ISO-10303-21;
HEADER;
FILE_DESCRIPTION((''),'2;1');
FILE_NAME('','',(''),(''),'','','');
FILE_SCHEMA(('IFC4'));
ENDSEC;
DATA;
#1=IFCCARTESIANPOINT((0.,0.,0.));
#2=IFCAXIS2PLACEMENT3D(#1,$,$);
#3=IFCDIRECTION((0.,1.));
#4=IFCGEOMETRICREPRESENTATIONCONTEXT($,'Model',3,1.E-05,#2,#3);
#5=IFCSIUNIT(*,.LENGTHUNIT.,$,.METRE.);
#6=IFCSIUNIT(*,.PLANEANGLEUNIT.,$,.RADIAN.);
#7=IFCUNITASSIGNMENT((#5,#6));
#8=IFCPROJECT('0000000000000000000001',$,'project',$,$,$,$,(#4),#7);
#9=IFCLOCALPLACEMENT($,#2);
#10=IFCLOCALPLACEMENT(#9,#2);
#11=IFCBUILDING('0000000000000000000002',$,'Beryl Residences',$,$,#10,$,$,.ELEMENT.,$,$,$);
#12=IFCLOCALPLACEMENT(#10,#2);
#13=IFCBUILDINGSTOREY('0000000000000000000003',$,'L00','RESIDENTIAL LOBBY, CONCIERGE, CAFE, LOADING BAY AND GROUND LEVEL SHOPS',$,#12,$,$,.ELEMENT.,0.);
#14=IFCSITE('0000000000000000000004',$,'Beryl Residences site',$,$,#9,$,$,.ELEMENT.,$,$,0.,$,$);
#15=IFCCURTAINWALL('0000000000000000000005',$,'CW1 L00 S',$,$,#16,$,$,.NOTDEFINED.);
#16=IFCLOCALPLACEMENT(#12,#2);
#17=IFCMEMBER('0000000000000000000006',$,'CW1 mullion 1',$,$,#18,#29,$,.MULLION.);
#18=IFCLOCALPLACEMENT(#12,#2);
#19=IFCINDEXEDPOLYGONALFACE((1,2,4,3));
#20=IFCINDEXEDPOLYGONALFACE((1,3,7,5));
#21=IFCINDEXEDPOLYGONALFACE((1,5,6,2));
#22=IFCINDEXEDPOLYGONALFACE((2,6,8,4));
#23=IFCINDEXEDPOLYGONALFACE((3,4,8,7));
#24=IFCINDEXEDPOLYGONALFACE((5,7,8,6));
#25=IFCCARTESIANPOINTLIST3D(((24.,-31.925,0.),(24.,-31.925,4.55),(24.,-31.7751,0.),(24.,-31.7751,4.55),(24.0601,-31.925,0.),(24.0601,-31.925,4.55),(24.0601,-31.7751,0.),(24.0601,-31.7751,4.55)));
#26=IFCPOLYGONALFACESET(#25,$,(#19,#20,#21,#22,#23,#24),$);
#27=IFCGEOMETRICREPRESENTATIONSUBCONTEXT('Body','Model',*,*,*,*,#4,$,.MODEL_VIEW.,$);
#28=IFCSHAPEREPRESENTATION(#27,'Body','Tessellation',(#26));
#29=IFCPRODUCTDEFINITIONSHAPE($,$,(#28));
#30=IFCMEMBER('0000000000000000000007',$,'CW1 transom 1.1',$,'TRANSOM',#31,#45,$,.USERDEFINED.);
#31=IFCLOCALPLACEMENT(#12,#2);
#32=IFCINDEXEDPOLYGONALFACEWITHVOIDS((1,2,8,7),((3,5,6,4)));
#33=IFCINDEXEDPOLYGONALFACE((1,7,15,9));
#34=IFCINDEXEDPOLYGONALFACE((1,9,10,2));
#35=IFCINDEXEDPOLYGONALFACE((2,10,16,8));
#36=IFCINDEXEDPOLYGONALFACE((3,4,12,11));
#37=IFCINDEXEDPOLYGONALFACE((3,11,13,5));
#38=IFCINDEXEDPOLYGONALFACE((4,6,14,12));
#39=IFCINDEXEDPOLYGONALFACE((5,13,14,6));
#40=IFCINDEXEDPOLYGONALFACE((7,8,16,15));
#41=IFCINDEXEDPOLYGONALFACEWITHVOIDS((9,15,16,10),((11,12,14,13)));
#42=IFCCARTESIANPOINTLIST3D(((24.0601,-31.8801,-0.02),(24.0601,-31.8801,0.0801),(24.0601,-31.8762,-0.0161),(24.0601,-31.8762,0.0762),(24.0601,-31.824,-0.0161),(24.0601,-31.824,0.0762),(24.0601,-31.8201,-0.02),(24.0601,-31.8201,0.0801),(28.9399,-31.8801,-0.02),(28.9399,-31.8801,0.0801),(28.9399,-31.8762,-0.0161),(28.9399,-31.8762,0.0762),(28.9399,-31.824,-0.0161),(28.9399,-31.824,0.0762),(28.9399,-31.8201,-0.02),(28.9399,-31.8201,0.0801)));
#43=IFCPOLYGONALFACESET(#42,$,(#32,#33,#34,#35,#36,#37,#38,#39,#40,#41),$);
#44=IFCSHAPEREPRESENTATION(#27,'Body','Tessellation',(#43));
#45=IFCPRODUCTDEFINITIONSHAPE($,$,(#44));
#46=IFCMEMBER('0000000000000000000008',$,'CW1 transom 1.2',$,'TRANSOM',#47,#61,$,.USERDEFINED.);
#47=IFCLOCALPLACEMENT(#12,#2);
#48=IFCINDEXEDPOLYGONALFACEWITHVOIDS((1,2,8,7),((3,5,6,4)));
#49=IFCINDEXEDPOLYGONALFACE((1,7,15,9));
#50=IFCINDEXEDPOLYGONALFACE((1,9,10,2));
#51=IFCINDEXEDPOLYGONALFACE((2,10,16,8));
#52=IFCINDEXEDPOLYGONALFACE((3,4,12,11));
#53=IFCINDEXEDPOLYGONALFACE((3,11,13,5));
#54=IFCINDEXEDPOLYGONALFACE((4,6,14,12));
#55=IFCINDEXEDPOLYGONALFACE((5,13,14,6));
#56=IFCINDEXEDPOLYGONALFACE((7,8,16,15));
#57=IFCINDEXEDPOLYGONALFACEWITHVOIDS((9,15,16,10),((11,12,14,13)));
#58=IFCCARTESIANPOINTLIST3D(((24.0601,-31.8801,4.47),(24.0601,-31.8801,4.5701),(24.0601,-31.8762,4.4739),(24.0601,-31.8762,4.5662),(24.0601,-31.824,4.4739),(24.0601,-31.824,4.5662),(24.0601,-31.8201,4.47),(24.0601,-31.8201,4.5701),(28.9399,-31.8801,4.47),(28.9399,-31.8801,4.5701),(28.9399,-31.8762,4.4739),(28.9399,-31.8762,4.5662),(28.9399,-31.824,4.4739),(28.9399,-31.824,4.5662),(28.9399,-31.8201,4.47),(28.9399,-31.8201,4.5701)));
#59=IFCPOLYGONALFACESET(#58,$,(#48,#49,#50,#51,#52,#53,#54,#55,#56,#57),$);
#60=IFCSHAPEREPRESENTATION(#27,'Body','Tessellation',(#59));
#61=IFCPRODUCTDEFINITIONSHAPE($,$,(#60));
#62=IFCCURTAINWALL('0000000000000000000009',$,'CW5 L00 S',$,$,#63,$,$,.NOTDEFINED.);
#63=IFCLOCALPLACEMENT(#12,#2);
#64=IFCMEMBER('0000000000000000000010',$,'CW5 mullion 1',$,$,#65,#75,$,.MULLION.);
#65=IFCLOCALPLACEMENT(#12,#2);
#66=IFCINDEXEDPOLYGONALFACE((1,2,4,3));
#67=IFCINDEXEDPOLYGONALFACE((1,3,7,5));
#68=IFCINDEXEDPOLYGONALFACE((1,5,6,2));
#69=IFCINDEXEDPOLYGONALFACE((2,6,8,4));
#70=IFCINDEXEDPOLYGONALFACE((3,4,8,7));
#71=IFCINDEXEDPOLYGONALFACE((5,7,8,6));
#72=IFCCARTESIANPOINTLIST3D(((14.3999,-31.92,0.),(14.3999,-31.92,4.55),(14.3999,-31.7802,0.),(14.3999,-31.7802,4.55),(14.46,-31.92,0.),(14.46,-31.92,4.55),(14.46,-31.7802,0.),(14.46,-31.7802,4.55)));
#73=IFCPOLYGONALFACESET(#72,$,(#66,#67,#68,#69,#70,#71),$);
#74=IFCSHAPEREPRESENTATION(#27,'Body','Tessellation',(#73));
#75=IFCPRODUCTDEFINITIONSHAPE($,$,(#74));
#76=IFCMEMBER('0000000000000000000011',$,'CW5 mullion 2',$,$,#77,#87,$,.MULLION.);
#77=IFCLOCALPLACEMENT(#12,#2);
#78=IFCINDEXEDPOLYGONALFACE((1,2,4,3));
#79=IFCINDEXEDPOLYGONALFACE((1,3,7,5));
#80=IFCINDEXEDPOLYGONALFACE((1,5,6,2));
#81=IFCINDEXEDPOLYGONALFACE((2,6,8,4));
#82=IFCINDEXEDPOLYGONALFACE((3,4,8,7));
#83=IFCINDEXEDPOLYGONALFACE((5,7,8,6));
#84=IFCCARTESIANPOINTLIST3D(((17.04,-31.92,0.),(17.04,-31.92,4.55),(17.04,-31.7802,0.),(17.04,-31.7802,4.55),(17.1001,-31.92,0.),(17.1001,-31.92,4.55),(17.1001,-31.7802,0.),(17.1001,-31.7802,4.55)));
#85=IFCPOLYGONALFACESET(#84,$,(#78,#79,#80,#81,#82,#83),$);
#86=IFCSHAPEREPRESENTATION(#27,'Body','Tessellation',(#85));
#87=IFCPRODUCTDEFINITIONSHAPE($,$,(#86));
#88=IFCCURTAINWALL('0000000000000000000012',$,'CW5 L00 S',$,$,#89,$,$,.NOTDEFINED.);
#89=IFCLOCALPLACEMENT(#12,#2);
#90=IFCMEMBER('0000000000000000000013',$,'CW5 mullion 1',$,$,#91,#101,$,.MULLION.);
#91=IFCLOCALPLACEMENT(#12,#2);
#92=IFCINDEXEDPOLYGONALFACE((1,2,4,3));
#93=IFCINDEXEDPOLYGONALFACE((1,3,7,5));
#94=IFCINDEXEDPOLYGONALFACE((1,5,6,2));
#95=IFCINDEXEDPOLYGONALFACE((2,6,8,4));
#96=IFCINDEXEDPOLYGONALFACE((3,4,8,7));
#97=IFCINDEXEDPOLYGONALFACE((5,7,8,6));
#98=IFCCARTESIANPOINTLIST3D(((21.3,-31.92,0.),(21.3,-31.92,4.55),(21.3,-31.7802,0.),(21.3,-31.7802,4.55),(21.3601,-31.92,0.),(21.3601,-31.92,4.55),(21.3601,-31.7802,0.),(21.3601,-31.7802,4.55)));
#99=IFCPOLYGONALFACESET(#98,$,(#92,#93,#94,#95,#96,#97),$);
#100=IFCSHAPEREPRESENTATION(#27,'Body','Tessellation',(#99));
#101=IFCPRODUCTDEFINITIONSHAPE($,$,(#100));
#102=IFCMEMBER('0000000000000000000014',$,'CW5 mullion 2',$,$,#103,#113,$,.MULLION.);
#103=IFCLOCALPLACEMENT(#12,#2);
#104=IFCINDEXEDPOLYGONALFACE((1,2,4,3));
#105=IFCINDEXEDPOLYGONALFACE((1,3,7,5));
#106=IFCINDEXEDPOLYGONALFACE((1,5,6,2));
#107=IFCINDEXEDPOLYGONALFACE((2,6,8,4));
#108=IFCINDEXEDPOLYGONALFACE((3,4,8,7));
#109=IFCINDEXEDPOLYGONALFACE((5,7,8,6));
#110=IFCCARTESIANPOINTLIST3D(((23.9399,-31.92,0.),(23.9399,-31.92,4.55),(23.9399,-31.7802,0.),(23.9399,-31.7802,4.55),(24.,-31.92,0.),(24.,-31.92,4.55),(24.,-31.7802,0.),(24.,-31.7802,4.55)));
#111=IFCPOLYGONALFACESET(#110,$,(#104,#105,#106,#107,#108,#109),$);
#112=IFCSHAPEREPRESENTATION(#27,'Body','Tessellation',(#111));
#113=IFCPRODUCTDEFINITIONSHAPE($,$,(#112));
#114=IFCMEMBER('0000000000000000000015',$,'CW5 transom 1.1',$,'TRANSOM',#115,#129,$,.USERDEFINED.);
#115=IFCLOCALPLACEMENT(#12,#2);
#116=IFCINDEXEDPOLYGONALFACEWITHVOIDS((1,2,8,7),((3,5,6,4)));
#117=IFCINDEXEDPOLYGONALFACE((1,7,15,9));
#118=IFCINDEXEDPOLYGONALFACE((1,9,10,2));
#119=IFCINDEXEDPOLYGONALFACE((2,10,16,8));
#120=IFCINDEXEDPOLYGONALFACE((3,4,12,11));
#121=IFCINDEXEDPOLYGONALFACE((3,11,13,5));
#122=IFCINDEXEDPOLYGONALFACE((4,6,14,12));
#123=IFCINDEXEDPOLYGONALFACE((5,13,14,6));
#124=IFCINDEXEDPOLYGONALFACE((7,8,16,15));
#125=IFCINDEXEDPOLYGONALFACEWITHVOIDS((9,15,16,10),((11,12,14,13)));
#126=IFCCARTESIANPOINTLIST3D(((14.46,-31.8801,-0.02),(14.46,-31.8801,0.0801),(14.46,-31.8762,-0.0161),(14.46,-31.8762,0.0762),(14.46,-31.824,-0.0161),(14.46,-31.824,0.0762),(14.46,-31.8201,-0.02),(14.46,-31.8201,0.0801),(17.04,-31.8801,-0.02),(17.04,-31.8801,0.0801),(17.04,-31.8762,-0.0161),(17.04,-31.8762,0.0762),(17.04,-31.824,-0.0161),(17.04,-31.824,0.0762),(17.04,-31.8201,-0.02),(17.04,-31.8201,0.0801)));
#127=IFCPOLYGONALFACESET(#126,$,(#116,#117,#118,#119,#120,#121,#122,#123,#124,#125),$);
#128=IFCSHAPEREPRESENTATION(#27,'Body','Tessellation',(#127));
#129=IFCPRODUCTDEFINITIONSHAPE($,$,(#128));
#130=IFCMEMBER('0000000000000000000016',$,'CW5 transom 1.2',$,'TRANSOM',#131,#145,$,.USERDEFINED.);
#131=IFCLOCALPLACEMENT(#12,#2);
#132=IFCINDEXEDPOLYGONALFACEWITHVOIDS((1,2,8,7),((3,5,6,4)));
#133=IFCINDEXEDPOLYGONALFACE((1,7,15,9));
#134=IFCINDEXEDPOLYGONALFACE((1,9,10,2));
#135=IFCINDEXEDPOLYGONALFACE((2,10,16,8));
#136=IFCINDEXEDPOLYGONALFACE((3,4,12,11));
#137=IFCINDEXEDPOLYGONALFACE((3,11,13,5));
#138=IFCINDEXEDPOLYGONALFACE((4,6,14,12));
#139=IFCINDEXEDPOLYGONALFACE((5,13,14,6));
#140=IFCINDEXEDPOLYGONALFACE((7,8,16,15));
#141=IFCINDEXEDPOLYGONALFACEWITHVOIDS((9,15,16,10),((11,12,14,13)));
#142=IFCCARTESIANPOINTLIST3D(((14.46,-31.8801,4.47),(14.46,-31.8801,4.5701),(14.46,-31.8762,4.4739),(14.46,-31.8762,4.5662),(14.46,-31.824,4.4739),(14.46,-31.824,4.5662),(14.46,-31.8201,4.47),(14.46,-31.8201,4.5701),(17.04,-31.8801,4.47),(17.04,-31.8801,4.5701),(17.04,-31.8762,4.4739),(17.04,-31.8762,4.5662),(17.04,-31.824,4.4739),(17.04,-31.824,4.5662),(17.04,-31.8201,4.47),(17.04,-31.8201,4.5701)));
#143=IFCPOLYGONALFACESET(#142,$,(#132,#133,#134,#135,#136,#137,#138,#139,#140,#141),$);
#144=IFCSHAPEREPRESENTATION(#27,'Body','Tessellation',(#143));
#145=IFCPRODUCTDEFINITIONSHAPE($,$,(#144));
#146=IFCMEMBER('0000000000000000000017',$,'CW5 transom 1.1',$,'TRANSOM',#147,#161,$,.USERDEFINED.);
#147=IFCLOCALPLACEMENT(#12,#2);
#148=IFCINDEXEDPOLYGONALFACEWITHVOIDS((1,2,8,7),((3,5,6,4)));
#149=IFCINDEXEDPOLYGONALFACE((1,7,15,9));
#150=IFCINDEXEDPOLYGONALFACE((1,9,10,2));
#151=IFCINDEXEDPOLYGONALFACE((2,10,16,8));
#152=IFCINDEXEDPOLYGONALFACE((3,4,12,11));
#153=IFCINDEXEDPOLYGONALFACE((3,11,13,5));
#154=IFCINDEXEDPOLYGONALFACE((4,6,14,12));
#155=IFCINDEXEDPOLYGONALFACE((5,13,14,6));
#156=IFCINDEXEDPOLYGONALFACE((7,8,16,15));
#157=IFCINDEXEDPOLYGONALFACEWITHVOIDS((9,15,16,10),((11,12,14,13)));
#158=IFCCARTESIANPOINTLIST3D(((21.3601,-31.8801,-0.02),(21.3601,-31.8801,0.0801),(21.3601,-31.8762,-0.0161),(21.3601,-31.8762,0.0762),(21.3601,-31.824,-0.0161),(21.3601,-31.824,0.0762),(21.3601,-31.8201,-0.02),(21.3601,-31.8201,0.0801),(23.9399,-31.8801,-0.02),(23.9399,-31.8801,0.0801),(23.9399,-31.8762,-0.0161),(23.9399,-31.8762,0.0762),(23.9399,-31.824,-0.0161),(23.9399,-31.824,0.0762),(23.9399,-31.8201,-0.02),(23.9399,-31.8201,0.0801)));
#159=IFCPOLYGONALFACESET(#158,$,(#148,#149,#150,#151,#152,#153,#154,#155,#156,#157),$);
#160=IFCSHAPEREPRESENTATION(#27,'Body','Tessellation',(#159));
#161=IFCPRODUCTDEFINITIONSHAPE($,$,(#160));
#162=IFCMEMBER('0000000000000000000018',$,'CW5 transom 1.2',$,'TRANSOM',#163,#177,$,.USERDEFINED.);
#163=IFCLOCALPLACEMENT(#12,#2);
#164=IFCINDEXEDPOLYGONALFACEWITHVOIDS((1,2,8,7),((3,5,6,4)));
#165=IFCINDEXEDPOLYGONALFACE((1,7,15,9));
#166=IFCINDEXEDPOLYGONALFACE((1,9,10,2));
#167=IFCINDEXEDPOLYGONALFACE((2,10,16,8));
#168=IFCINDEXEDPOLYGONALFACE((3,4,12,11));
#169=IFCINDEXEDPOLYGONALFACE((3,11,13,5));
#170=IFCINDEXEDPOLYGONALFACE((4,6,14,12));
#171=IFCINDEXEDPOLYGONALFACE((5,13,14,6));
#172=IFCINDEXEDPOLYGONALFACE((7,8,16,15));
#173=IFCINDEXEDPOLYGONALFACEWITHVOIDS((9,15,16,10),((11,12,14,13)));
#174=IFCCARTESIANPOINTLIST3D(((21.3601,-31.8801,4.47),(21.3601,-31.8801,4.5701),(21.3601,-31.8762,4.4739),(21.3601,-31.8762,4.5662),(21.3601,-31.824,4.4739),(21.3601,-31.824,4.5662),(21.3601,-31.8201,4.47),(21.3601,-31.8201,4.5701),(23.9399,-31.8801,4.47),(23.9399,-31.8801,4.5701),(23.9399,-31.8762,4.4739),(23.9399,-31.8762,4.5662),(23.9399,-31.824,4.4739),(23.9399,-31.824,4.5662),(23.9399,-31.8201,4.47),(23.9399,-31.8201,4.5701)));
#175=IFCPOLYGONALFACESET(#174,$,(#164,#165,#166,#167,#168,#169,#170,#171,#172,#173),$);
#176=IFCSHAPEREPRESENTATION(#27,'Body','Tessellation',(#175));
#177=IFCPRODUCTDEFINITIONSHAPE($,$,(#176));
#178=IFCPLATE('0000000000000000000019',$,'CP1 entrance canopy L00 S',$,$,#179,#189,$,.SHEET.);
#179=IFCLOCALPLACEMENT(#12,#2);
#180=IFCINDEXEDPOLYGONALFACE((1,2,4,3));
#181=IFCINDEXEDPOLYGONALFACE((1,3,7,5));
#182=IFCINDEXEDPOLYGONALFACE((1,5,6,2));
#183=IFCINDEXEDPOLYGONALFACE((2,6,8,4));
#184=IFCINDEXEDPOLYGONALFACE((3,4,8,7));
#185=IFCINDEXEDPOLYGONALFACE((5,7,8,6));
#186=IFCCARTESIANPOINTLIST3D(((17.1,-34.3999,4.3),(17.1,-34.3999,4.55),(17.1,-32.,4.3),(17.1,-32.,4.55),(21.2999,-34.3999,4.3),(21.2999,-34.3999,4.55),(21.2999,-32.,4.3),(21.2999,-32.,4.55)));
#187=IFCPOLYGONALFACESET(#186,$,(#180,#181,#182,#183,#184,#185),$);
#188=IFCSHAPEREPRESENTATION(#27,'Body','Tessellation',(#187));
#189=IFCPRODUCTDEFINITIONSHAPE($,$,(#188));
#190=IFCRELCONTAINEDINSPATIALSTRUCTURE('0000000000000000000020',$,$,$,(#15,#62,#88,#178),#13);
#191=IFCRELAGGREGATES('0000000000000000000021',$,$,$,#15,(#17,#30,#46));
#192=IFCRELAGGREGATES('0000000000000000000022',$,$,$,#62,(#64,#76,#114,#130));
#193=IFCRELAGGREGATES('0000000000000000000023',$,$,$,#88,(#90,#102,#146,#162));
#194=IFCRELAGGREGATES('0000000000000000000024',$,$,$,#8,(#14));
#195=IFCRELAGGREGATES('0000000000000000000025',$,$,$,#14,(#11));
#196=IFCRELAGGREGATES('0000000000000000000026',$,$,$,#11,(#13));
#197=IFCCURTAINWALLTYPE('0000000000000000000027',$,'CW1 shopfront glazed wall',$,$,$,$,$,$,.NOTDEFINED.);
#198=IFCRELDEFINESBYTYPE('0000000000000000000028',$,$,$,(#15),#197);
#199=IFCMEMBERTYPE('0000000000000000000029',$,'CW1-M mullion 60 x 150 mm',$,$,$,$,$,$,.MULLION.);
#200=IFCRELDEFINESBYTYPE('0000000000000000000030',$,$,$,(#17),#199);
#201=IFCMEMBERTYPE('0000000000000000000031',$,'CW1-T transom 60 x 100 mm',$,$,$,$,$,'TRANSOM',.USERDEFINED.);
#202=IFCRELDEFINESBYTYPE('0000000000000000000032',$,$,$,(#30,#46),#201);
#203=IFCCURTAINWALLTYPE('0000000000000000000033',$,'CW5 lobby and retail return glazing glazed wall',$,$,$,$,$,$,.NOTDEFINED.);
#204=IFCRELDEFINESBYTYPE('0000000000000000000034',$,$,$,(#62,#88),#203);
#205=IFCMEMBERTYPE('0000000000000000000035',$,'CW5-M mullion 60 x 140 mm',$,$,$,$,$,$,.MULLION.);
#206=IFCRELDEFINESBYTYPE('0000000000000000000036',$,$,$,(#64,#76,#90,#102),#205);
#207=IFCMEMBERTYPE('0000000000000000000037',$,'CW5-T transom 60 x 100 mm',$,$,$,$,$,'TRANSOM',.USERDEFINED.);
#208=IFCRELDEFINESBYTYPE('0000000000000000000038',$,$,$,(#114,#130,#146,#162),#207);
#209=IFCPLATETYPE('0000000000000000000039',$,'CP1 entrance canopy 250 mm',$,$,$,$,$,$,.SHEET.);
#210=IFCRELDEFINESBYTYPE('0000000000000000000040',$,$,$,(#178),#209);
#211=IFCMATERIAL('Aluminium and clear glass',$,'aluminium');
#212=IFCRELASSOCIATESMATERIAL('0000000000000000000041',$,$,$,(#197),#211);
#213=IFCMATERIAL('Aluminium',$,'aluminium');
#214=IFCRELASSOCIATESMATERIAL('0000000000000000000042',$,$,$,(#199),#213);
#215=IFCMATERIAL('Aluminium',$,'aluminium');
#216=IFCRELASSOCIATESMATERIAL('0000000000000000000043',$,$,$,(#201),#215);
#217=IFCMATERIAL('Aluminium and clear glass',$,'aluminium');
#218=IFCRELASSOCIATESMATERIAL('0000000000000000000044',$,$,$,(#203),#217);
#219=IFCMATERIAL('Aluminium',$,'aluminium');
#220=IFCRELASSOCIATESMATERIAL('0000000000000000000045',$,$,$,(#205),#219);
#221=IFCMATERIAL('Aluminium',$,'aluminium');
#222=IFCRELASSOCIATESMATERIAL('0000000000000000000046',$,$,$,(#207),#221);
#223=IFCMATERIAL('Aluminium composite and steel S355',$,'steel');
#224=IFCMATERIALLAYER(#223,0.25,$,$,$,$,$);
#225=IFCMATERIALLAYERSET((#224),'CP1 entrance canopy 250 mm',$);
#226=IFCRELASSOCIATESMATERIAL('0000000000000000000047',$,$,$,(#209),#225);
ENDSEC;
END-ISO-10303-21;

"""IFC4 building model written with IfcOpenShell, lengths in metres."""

from ifc_helpers import new_model, si_unit, direction, frame, origin, origin_2d, place, context, subcontext, project, spatial, rectangle, hollow_rectangle, extrude, material, layer, layer_set, material_profile, profile_set, type_object, element, aggregate, save


model = new_model("IFC4")

# Units and contexts
model_context = context("Model", 3, precision=1e-05, world=origin(), true_north=direction((0.0, 1.0)))
body_context = subcontext(model_context, "Body", "Model", "MODEL_VIEW")
ifc_project = project(units=[si_unit("LENGTHUNIT", "METRE"), si_unit("PLANEANGLEUNIT", "RADIAN")], contexts=[model_context])

# Site, building, storey
site_placement = place(None, origin())
site = spatial("IfcSite", under=ifc_project, at=site_placement, Name="Beryl Residences site", CompositionType="ELEMENT", RefElevation=0.0)
building_placement = place(site_placement, origin())
building = spatial("IfcBuilding", under=site, at=building_placement, Name="Beryl Residences", CompositionType="ELEMENT")
storey_placement = place(building_placement, origin())
storey = spatial("IfcBuildingStorey", under=building, at=storey_placement, Name="L00", Description="RESIDENTIAL LOBBY, CONCIERGE, CAFE, LOADING BAY AND GROUND LEVEL SHOPS", CompositionType="ELEMENT", Elevation=0.0)

# Curtain walls, members
ifc_material_1 = material(Name="Aluminium and clear glass", Category="aluminium")
curtain_wall_type_1 = type_object("IfcCurtainWallType", Name="CW1 shopfront glazed wall", PredefinedType="NOTDEFINED", material=ifc_material_1)
curtain_wall_1_placement = place(storey_placement, origin())
curtain_wall_1 = element("IfcCurtainWall", 1, at=curtain_wall_1_placement, inside=storey, type_object=curtain_wall_type_1, Name="CW1 L00 S", PredefinedType="NOTDEFINED")
ifc_material_2 = material(Name="Aluminium", Category="aluminium")
ifc_material_profile_1 = material_profile(ifc_material_2, rectangle(XDim=0.0601, YDim=0.1499, at=origin_2d()))
ifc_profile_set_1 = profile_set([ifc_material_profile_1], Name="Aluminium")
member_type_1 = type_object("IfcMemberType", Name="CW1-M mullion 60 x 150 mm", PredefinedType="MULLION", material=ifc_profile_set_1)
member_1_placement = place(storey_placement, frame((24.03, -31.8501, 0.0), z_axis=(0.0, 0.0, 1.0), x_axis=(1.0, 0.0, 0.0)))
member_1 = element("IfcMember", 2, at=member_1_placement, type_object=member_type_1, Name="CW1 mullion 1", PredefinedType="MULLION", context=body_context, shape_type="SweptSolid", body=[
    extrude(rectangle(XDim=0.0601, YDim=0.1499, at=origin_2d()), origin(), (0.0, 0.0, 1.0), 4.55),
])
ifc_material_3 = material(Name="Aluminium", Category="aluminium")
ifc_material_profile_2 = material_profile(ifc_material_3, hollow_rectangle(XDim=0.0601, YDim=0.1001, WallThickness=0.0039, at=origin_2d()))
ifc_profile_set_2 = profile_set([ifc_material_profile_2], Name="Aluminium")
member_type_2 = type_object("IfcMemberType", Name="CW1-T transom 60 x 100 mm", ElementType="TRANSOM", PredefinedType="USERDEFINED", material=ifc_profile_set_2)
member_2_placement = place(storey_placement, frame((24.0601, -31.8501, 0.03), z_axis=(1.0, 0.0, 0.0), x_axis=(0.0, 1.0, 0.0)))
member_2 = element("IfcMember", 3, at=member_2_placement, type_object=member_type_2, Name="CW1 transom 1.1", ObjectType="TRANSOM", PredefinedType="USERDEFINED", context=body_context, shape_type="SweptSolid", body=[
    extrude(hollow_rectangle(XDim=0.0601, YDim=0.1001, WallThickness=0.0039, at=origin_2d()), origin(), (0.0, 0.0, 1.0), 4.8799),
])
member_3_placement = place(storey_placement, frame((24.0601, -31.8501, 4.52), z_axis=(1.0, 0.0, 0.0), x_axis=(0.0, 1.0, 0.0)))
member_3 = element("IfcMember", 4, at=member_3_placement, type_object=member_type_2, Name="CW1 transom 1.2", ObjectType="TRANSOM", PredefinedType="USERDEFINED", context=body_context, shape_type="SweptSolid", body=[
    extrude(hollow_rectangle(XDim=0.0601, YDim=0.1001, WallThickness=0.0039, at=origin_2d()), origin(), (0.0, 0.0, 1.0), 4.8799),
])
ifc_material_4 = material(Name="Aluminium and clear glass", Category="aluminium")
curtain_wall_type_2 = type_object("IfcCurtainWallType", Name="CW5 lobby and retail return glazing glazed wall", PredefinedType="NOTDEFINED", material=ifc_material_4)
curtain_wall_2_placement = place(storey_placement, origin())
curtain_wall_2 = element("IfcCurtainWall", 5, at=curtain_wall_2_placement, inside=storey, type_object=curtain_wall_type_2, Name="CW5 L00 S", PredefinedType="NOTDEFINED")
ifc_material_5 = material(Name="Aluminium", Category="aluminium")
ifc_material_profile_3 = material_profile(ifc_material_5, rectangle(XDim=0.0601, YDim=0.1399, at=origin_2d()))
ifc_profile_set_3 = profile_set([ifc_material_profile_3], Name="Aluminium")
member_type_3 = type_object("IfcMemberType", Name="CW5-M mullion 60 x 140 mm", PredefinedType="MULLION", material=ifc_profile_set_3)
member_4_placement = place(storey_placement, frame((14.4299, -31.8501, 0.0), z_axis=(0.0, 0.0, 1.0), x_axis=(1.0, 0.0, 0.0)))
member_4 = element("IfcMember", 6, at=member_4_placement, type_object=member_type_3, Name="CW5 mullion 1", PredefinedType="MULLION", context=body_context, shape_type="SweptSolid", body=[
    extrude(rectangle(XDim=0.0601, YDim=0.1399, at=origin_2d()), origin(), (0.0, 0.0, 1.0), 4.55),
])
member_5_placement = place(storey_placement, frame((17.0701, -31.8501, 0.0), z_axis=(0.0, 0.0, 1.0), x_axis=(1.0, 0.0, 0.0)))
member_5 = element("IfcMember", 7, at=member_5_placement, type_object=member_type_3, Name="CW5 mullion 2", PredefinedType="MULLION", context=body_context, shape_type="SweptSolid", body=[
    extrude(rectangle(XDim=0.0601, YDim=0.1399, at=origin_2d()), origin(), (0.0, 0.0, 1.0), 4.55),
])
curtain_wall_3_placement = place(storey_placement, origin())
curtain_wall_3 = element("IfcCurtainWall", 8, at=curtain_wall_3_placement, inside=storey, type_object=curtain_wall_type_2, Name="CW5 L00 S", PredefinedType="NOTDEFINED")
member_6_placement = place(storey_placement, frame((21.3301, -31.8501, 0.0), z_axis=(0.0, 0.0, 1.0), x_axis=(1.0, 0.0, 0.0)))
member_6 = element("IfcMember", 9, at=member_6_placement, type_object=member_type_3, Name="CW5 mullion 1", PredefinedType="MULLION", context=body_context, shape_type="SweptSolid", body=[
    extrude(rectangle(XDim=0.0601, YDim=0.1399, at=origin_2d()), origin(), (0.0, 0.0, 1.0), 4.55),
])
member_7_placement = place(storey_placement, frame((23.97, -31.8501, 0.0), z_axis=(0.0, 0.0, 1.0), x_axis=(1.0, 0.0, 0.0)))
member_7 = element("IfcMember", 10, at=member_7_placement, type_object=member_type_3, Name="CW5 mullion 2", PredefinedType="MULLION", context=body_context, shape_type="SweptSolid", body=[
    extrude(rectangle(XDim=0.0601, YDim=0.1399, at=origin_2d()), origin(), (0.0, 0.0, 1.0), 4.55),
])

# Members
ifc_material_6 = material(Name="Aluminium", Category="aluminium")
ifc_material_profile_4 = material_profile(ifc_material_6, hollow_rectangle(XDim=0.0601, YDim=0.1001, WallThickness=0.0039, at=origin_2d()))
ifc_profile_set_4 = profile_set([ifc_material_profile_4], Name="Aluminium")
member_type_4 = type_object("IfcMemberType", Name="CW5-T transom 60 x 100 mm", ElementType="TRANSOM", PredefinedType="USERDEFINED", material=ifc_profile_set_4)
member_8_placement = place(storey_placement, frame((14.46, -31.8501, 0.03), z_axis=(1.0, 0.0, 0.0), x_axis=(0.0, 1.0, 0.0)))
member_8 = element("IfcMember", 11, at=member_8_placement, type_object=member_type_4, Name="CW5 transom 1.1", ObjectType="TRANSOM", PredefinedType="USERDEFINED", context=body_context, shape_type="SweptSolid", body=[
    extrude(hollow_rectangle(XDim=0.0601, YDim=0.1001, WallThickness=0.0039, at=origin_2d()), origin(), (0.0, 0.0, 1.0), 2.5801),
])
member_9_placement = place(storey_placement, frame((14.46, -31.8501, 4.52), z_axis=(1.0, 0.0, 0.0), x_axis=(0.0, 1.0, 0.0)))
member_9 = element("IfcMember", 12, at=member_9_placement, type_object=member_type_4, Name="CW5 transom 1.2", ObjectType="TRANSOM", PredefinedType="USERDEFINED", context=body_context, shape_type="SweptSolid", body=[
    extrude(hollow_rectangle(XDim=0.0601, YDim=0.1001, WallThickness=0.0039, at=origin_2d()), origin(), (0.0, 0.0, 1.0), 2.5801),
])
member_10_placement = place(storey_placement, frame((21.3601, -31.8501, 0.03), z_axis=(1.0, 0.0, 0.0), x_axis=(0.0, 1.0, 0.0)))
member_10 = element("IfcMember", 13, at=member_10_placement, type_object=member_type_4, Name="CW5 transom 1.1", ObjectType="TRANSOM", PredefinedType="USERDEFINED", context=body_context, shape_type="SweptSolid", body=[
    extrude(hollow_rectangle(XDim=0.0601, YDim=0.1001, WallThickness=0.0039, at=origin_2d()), origin(), (0.0, 0.0, 1.0), 2.5798),
])
member_11_placement = place(storey_placement, frame((21.3601, -31.8501, 4.52), z_axis=(1.0, 0.0, 0.0), x_axis=(0.0, 1.0, 0.0)))
member_11 = element("IfcMember", 14, at=member_11_placement, type_object=member_type_4, Name="CW5 transom 1.2", ObjectType="TRANSOM", PredefinedType="USERDEFINED", context=body_context, shape_type="SweptSolid", body=[
    extrude(hollow_rectangle(XDim=0.0601, YDim=0.1001, WallThickness=0.0039, at=origin_2d()), origin(), (0.0, 0.0, 1.0), 2.5798),
])

# Plate
ifc_material_7 = material(Name="Aluminium composite and steel S355", Category="steel")
ifc_layer_1 = layer(ifc_material_7, 0.25)
ifc_layer_set_1 = layer_set([ifc_layer_1], Name="CP1 entrance canopy 250 mm")
plate_type_1 = type_object("IfcPlateType", Name="CP1 entrance canopy 250 mm", PredefinedType="SHEET", material=ifc_layer_set_1)
plate_1_placement = place(storey_placement, frame((19.2, -33.2, 4.3), z_axis=(0.0, 0.0, 1.0), x_axis=(0.0, -1.0, 0.0)))
element("IfcPlate", 15, at=plate_1_placement, inside=storey, type_object=plate_type_1, Name="CP1 entrance canopy L00 S", PredefinedType="SHEET", context=body_context, shape_type="SweptSolid", body=[
    extrude(rectangle(XDim=2.3999, YDim=4.2, at=origin_2d()), origin(), (0.0, 0.0, 1.0), 0.25),
])
aggregate(curtain_wall_1, [member_1, member_2, member_3])
aggregate(curtain_wall_2, [member_4, member_5, member_8, member_9])
aggregate(curtain_wall_3, [member_6, member_7, member_10, member_11])

save(model, "model.ifc")
